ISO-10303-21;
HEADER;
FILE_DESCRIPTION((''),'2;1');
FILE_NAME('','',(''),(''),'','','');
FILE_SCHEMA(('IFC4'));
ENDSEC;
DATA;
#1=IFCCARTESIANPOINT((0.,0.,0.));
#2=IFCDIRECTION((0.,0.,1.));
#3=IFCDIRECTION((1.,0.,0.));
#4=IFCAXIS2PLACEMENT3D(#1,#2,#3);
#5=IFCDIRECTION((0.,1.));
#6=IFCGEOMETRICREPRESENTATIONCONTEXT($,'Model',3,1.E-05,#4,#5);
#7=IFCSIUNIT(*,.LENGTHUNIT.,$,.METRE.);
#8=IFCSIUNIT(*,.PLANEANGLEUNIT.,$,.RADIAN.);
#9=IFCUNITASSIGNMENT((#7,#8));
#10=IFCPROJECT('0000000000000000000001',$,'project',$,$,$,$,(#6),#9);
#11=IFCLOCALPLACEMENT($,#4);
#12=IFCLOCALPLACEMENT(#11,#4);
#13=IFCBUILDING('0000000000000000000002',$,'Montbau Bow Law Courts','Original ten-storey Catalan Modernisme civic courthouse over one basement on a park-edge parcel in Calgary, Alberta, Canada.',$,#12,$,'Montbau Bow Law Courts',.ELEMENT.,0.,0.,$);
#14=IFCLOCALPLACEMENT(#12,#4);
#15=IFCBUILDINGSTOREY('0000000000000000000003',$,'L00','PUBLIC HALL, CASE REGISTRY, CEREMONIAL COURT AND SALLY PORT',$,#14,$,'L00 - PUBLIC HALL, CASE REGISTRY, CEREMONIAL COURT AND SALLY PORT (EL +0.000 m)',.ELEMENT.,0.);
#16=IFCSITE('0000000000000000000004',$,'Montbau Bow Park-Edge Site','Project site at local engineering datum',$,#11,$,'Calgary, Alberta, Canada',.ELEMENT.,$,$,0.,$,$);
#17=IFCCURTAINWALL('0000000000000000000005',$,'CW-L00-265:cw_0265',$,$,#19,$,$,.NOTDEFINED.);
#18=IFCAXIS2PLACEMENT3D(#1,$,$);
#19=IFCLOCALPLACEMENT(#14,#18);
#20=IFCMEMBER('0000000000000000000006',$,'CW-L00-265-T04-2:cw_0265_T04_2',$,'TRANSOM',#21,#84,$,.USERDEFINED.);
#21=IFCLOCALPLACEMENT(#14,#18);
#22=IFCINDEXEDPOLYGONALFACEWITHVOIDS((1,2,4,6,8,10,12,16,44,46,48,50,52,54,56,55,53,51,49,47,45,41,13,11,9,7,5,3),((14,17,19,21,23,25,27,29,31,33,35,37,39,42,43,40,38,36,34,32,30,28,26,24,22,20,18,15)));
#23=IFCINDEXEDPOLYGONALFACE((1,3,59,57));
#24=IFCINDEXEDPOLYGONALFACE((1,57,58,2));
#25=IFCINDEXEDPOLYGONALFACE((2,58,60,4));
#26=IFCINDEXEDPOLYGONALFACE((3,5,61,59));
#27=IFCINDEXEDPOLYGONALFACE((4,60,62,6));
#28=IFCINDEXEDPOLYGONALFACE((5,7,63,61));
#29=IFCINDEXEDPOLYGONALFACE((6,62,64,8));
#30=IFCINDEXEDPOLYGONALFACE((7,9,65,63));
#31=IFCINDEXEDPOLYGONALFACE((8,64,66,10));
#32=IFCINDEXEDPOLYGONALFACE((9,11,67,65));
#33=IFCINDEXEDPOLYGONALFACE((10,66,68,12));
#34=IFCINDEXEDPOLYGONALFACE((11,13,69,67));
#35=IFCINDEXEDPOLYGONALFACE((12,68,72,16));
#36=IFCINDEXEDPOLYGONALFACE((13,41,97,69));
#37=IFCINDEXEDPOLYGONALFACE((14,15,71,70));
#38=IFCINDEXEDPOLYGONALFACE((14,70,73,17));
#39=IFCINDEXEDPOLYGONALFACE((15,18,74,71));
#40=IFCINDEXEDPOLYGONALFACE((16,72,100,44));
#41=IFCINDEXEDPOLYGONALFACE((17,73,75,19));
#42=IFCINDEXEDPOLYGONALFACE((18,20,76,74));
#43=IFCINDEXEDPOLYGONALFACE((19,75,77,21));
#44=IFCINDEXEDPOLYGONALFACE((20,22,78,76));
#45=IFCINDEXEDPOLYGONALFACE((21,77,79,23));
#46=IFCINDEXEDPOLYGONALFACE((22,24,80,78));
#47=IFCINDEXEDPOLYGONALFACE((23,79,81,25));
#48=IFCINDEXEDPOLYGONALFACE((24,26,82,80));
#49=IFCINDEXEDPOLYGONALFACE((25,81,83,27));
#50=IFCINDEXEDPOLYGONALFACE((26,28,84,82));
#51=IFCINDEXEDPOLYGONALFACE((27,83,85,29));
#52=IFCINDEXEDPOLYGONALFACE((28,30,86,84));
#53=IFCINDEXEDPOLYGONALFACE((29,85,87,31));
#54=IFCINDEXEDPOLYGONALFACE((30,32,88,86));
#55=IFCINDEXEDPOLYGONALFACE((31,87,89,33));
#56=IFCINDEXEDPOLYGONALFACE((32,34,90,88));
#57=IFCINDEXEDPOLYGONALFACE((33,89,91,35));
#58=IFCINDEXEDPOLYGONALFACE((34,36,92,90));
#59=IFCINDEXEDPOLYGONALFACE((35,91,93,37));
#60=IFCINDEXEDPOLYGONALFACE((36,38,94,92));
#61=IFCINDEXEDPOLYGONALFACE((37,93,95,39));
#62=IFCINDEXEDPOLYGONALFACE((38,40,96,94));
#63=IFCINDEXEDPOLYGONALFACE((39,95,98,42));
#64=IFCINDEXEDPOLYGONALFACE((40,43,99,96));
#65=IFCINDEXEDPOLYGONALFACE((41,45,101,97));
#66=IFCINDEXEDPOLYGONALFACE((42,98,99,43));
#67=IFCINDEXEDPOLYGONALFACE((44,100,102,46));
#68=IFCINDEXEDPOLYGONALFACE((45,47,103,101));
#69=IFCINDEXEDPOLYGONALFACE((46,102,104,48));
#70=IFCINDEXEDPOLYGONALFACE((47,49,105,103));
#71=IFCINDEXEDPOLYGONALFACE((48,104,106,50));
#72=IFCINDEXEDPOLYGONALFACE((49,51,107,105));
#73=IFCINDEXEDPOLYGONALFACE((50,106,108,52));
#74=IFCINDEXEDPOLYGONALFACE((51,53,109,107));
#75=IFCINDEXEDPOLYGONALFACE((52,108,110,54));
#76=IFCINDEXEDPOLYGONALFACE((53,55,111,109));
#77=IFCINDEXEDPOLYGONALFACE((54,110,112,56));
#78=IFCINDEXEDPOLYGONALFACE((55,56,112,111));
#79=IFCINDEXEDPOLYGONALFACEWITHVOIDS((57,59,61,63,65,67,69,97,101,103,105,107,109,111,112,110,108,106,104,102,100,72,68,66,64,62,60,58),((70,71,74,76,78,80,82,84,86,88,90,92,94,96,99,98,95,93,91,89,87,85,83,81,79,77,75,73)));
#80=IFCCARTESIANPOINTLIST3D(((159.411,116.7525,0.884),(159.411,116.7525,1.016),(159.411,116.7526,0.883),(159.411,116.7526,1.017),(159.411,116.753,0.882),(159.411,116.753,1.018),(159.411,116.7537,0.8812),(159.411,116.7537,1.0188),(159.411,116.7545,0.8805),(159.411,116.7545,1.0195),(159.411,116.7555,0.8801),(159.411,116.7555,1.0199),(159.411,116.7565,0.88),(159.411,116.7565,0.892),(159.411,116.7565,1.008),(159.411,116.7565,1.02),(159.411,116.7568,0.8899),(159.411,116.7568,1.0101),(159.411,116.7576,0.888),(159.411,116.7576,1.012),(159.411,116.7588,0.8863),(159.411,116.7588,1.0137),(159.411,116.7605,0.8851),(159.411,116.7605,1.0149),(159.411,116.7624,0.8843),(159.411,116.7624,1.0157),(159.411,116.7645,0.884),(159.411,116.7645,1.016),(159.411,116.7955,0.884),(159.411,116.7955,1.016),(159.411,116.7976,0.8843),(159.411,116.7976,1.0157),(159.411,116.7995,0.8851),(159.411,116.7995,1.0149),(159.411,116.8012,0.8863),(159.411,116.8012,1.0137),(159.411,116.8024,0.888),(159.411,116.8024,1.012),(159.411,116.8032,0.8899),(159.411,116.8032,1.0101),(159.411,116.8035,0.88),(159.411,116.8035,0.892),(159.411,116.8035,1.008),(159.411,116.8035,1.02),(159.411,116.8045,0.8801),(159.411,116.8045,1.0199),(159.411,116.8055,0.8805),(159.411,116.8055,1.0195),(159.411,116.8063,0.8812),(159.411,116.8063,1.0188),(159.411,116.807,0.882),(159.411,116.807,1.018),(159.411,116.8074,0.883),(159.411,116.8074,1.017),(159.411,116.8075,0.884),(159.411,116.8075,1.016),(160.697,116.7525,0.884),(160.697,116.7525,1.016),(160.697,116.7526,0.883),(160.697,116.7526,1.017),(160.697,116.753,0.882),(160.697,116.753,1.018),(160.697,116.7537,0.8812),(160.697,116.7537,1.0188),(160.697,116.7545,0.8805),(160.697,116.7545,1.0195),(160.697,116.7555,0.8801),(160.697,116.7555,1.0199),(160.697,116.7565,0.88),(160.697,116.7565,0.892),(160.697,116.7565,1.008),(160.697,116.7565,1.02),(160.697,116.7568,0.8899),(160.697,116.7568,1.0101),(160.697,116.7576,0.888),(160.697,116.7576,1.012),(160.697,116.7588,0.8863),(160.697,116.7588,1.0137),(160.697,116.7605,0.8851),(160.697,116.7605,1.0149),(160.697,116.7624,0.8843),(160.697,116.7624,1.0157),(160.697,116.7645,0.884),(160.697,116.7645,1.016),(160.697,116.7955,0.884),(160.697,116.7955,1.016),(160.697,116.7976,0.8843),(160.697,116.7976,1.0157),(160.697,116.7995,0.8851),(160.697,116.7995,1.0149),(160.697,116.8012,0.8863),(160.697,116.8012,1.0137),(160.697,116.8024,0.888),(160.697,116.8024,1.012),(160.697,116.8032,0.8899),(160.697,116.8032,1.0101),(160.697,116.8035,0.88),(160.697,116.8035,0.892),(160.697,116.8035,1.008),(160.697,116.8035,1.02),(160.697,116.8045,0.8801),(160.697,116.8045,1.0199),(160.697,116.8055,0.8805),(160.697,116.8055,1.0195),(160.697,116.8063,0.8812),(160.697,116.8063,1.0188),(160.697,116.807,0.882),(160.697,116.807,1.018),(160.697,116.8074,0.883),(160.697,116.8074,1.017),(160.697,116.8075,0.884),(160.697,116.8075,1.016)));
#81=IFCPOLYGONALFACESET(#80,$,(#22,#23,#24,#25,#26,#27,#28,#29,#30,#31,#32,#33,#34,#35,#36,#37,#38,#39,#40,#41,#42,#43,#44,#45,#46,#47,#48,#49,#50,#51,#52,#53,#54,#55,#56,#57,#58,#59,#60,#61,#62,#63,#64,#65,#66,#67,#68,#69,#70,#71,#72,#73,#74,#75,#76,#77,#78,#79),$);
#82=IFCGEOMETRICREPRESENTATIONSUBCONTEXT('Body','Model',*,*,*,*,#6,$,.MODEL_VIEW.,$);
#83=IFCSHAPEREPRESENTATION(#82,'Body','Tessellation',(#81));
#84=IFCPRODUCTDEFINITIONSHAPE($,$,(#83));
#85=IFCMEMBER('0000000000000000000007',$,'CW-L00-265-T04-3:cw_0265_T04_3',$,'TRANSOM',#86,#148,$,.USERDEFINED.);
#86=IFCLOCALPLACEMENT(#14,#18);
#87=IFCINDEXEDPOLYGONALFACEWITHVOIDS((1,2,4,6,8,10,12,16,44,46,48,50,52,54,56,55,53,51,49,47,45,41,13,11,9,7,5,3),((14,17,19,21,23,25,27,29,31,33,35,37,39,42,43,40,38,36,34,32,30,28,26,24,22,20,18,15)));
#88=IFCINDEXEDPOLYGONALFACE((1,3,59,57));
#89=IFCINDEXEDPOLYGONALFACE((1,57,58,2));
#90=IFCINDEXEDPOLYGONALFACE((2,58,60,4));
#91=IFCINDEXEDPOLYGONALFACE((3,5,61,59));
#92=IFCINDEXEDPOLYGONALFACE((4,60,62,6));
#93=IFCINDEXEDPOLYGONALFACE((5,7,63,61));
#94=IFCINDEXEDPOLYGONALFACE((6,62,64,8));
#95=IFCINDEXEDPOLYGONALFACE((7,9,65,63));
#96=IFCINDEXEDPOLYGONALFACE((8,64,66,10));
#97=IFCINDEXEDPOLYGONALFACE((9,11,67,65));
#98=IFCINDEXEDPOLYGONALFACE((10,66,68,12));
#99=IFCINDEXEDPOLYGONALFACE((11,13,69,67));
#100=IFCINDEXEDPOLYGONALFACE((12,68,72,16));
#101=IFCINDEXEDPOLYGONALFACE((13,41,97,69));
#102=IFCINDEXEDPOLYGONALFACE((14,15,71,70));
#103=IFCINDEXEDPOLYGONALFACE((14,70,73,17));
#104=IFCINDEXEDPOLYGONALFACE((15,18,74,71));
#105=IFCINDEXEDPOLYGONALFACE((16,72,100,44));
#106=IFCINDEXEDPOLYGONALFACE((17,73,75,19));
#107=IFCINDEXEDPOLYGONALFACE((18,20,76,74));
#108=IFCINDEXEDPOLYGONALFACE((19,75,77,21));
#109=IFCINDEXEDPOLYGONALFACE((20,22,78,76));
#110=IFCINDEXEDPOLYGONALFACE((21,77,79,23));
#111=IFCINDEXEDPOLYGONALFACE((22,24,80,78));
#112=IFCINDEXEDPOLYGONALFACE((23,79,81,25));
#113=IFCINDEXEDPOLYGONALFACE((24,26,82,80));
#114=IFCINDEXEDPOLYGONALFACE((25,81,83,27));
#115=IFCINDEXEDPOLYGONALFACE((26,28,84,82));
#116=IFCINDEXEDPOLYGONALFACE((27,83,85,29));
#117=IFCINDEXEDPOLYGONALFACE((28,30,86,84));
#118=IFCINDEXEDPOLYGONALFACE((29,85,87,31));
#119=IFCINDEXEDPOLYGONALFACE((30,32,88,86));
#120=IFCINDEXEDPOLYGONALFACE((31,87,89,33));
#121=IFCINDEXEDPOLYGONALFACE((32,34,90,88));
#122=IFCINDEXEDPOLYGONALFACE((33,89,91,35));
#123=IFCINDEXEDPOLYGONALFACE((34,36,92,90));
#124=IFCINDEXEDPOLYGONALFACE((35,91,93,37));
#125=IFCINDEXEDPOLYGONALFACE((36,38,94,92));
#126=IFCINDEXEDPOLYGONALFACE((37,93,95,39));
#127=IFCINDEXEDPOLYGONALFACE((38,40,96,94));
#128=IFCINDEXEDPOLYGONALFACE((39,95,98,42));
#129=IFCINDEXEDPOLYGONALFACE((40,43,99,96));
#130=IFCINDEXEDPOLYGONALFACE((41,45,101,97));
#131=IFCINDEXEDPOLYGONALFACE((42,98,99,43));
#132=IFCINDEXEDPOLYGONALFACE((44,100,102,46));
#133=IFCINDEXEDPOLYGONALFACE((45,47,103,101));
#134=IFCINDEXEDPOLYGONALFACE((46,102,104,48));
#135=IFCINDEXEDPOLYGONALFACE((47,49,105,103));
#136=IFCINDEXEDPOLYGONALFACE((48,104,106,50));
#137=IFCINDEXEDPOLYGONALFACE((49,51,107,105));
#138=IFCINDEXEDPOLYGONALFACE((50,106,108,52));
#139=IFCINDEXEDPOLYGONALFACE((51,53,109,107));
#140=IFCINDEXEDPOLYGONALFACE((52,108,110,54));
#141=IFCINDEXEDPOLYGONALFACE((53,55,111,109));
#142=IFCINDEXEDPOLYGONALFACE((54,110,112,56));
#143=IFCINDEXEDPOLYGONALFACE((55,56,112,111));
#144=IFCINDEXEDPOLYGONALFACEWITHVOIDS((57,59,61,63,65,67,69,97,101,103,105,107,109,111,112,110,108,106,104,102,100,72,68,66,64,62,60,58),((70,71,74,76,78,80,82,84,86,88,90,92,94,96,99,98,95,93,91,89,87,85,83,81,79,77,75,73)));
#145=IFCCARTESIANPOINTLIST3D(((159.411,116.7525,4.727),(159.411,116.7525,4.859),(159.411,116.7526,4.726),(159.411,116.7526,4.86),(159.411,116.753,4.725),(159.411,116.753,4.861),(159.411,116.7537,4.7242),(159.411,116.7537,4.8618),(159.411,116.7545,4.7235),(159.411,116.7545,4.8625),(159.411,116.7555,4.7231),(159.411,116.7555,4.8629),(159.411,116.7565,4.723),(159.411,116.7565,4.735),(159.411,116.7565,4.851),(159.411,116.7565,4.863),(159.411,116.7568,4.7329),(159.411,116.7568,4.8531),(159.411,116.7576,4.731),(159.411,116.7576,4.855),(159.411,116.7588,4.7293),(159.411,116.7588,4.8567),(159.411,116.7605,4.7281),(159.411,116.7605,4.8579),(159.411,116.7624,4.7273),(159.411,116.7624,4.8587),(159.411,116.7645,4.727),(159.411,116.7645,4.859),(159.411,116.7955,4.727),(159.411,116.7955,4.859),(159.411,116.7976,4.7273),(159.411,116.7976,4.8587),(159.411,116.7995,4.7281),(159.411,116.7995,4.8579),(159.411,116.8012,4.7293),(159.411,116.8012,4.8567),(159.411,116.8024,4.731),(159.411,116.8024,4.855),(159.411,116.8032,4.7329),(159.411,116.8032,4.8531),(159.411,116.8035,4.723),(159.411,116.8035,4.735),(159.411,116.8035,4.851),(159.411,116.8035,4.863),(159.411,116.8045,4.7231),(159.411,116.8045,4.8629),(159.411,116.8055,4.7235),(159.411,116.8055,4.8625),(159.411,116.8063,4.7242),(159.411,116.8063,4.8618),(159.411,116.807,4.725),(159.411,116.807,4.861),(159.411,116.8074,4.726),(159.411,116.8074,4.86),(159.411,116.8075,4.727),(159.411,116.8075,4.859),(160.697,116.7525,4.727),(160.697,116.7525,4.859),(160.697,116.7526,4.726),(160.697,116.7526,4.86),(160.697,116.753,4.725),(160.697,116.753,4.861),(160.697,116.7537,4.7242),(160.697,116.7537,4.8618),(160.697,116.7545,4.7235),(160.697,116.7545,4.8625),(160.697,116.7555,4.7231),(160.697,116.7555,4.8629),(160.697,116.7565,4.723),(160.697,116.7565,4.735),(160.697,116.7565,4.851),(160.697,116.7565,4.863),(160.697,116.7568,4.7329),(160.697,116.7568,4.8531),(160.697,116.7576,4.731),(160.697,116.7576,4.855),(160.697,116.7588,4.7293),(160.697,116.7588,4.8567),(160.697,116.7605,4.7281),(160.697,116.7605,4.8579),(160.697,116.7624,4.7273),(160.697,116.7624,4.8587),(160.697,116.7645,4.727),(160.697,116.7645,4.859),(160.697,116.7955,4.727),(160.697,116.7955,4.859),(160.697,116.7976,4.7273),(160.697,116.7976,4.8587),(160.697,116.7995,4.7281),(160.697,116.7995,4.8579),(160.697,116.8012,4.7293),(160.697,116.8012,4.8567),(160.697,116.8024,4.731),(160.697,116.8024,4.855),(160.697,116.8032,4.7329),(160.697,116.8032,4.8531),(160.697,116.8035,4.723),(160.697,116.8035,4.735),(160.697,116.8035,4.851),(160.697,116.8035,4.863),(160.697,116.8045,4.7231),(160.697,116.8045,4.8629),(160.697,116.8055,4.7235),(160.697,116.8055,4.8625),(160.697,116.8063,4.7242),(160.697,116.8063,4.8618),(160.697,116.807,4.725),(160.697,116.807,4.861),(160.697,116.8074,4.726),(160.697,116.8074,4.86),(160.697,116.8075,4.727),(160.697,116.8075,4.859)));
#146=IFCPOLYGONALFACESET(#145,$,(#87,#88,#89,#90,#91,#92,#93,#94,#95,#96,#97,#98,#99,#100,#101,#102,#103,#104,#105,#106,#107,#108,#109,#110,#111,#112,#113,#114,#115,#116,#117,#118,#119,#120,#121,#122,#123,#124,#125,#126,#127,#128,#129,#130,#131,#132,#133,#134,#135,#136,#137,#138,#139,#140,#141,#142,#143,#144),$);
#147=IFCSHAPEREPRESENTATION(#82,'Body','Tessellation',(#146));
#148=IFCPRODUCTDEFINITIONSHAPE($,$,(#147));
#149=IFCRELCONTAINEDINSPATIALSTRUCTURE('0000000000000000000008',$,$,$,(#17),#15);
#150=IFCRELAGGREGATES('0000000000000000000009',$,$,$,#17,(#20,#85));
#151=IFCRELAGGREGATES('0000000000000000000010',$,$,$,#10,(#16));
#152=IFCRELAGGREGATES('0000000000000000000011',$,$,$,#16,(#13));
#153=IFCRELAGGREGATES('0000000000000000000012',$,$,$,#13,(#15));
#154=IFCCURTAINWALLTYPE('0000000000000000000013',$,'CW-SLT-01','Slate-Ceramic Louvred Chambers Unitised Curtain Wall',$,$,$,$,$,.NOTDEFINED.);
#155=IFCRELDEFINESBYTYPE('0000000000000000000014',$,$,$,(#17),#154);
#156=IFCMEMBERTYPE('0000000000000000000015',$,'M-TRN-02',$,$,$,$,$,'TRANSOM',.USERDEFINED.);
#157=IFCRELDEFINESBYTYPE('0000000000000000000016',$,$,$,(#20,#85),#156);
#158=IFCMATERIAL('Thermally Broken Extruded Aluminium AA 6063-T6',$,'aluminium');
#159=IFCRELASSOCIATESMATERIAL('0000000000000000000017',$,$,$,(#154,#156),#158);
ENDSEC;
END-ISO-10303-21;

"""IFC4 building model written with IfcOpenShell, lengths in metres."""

from ifc_helpers import new_model, si_unit, direction, frame, origin_with_axes, origin_2d_with_axis, place, context, subcontext, project, spatial, hollow_rectangle, extrude, material, material_profile, profile_set, type_object, element, aggregate, save


model = new_model("IFC4")

# Units and contexts
model_context = context("Model", 3, precision=1e-05, world=origin_with_axes(), true_north=direction((0.0, 1.0)))
body_context = subcontext(model_context, "Body", "Model", "MODEL_VIEW")
ifc_project = project(units=[si_unit("LENGTHUNIT", "METRE"), si_unit("PLANEANGLEUNIT", "RADIAN")], contexts=[model_context])

# Site, building, storey
site_placement = place(None, origin_with_axes())
site = spatial("IfcSite", under=ifc_project, at=site_placement, Name="Montbau Bow Park-Edge Site", Description="Project site at local engineering datum", LongName="Calgary, Alberta, Canada", CompositionType="ELEMENT", RefElevation=0.0)
building_placement = place(site_placement, origin_with_axes())
building = spatial("IfcBuilding", under=site, at=building_placement, Name="Montbau Bow Law Courts", Description="Original ten-storey Catalan Modernisme civic courthouse over one basement on a park-edge parcel in Calgary, Alberta, Canada.", LongName="Montbau Bow Law Courts", CompositionType="ELEMENT", ElevationOfRefHeight=0.0, ElevationOfTerrain=0.0)
storey_placement = place(building_placement, origin_with_axes())
storey = spatial("IfcBuildingStorey", under=building, at=storey_placement, Name="L00", Description="PUBLIC HALL, CASE REGISTRY, CEREMONIAL COURT AND SALLY PORT", LongName="L00 - PUBLIC HALL, CASE REGISTRY, CEREMONIAL COURT AND SALLY PORT (EL +0.000 m)", CompositionType="ELEMENT", Elevation=0.0)

# Curtain wall
ifc_material_1 = material(Name="Thermally Broken Extruded Aluminium AA 6063-T6", Category="aluminium")
curtain_wall_type = type_object("IfcCurtainWallType", Name="CW-SLT-01", Description="Slate-Ceramic Louvred Chambers Unitised Curtain Wall", PredefinedType="NOTDEFINED", material=ifc_material_1)
curtain_wall_1_placement = place(None, frame((155.315, 116.78, 0.0), z_axis=(0.0, 0.0, 1.0), x_axis=(1.0, 0.0, 0.0)))
curtain_wall_1 = element("IfcCurtainWall", 1, at=curtain_wall_1_placement, inside=storey, type_object=curtain_wall_type, Name="CW-L00-265:cw_0265", PredefinedType="NOTDEFINED")

# Members
ifc_material_profile_1 = material_profile(ifc_material_1, hollow_rectangle(XDim=0.055, YDim=0.14, WallThickness=0.004, InnerFilletRadius=0.008, OuterFilletRadius=0.004, at=origin_2d_with_axis()), Name="CWT-140X55", Category="Main", Priority=0)
ifc_profile_set_1 = profile_set([ifc_material_profile_1], Name="Thermally Broken Extruded Aluminium AA 6063-T6")
member_type_1 = type_object("IfcMemberType", Name="M-TRN-02", ElementType="TRANSOM", PredefinedType="USERDEFINED", material=ifc_profile_set_1)
member_1_placement = place(None, frame((159.411, 116.78, 0.95), z_axis=(1.0, 0.0, 0.0), x_axis=(0.0, 1.0, 0.0)))
member_1 = element("IfcMember", 2, at=member_1_placement, type_object=member_type_1, Name="CW-L00-265-T04-2:cw_0265_T04_2", ObjectType="TRANSOM", PredefinedType="USERDEFINED", context=body_context, shape_type="SweptSolid", body=[
    extrude(hollow_rectangle(XDim=0.055, YDim=0.14, WallThickness=0.004, InnerFilletRadius=0.008, OuterFilletRadius=0.004, at=origin_2d_with_axis()), origin_with_axes(), (0.0, 0.0, 1.0), 1.286),
])
member_2_placement = place(None, frame((159.411, 116.78, 4.793), z_axis=(1.0, 0.0, 0.0), x_axis=(0.0, 1.0, 0.0)))
member_2 = element("IfcMember", 3, at=member_2_placement, type_object=member_type_1, Name="CW-L00-265-T04-3:cw_0265_T04_3", ObjectType="TRANSOM", PredefinedType="USERDEFINED", context=body_context, shape_type="SweptSolid", body=[
    extrude(hollow_rectangle(XDim=0.055, YDim=0.14, WallThickness=0.004, InnerFilletRadius=0.008, OuterFilletRadius=0.004, at=origin_2d_with_axis()), origin_with_axes(), (0.0, 0.0, 1.0), 1.286),
])

aggregate(curtain_wall_1, [member_1, member_2])

save(model, "model.ifc")
